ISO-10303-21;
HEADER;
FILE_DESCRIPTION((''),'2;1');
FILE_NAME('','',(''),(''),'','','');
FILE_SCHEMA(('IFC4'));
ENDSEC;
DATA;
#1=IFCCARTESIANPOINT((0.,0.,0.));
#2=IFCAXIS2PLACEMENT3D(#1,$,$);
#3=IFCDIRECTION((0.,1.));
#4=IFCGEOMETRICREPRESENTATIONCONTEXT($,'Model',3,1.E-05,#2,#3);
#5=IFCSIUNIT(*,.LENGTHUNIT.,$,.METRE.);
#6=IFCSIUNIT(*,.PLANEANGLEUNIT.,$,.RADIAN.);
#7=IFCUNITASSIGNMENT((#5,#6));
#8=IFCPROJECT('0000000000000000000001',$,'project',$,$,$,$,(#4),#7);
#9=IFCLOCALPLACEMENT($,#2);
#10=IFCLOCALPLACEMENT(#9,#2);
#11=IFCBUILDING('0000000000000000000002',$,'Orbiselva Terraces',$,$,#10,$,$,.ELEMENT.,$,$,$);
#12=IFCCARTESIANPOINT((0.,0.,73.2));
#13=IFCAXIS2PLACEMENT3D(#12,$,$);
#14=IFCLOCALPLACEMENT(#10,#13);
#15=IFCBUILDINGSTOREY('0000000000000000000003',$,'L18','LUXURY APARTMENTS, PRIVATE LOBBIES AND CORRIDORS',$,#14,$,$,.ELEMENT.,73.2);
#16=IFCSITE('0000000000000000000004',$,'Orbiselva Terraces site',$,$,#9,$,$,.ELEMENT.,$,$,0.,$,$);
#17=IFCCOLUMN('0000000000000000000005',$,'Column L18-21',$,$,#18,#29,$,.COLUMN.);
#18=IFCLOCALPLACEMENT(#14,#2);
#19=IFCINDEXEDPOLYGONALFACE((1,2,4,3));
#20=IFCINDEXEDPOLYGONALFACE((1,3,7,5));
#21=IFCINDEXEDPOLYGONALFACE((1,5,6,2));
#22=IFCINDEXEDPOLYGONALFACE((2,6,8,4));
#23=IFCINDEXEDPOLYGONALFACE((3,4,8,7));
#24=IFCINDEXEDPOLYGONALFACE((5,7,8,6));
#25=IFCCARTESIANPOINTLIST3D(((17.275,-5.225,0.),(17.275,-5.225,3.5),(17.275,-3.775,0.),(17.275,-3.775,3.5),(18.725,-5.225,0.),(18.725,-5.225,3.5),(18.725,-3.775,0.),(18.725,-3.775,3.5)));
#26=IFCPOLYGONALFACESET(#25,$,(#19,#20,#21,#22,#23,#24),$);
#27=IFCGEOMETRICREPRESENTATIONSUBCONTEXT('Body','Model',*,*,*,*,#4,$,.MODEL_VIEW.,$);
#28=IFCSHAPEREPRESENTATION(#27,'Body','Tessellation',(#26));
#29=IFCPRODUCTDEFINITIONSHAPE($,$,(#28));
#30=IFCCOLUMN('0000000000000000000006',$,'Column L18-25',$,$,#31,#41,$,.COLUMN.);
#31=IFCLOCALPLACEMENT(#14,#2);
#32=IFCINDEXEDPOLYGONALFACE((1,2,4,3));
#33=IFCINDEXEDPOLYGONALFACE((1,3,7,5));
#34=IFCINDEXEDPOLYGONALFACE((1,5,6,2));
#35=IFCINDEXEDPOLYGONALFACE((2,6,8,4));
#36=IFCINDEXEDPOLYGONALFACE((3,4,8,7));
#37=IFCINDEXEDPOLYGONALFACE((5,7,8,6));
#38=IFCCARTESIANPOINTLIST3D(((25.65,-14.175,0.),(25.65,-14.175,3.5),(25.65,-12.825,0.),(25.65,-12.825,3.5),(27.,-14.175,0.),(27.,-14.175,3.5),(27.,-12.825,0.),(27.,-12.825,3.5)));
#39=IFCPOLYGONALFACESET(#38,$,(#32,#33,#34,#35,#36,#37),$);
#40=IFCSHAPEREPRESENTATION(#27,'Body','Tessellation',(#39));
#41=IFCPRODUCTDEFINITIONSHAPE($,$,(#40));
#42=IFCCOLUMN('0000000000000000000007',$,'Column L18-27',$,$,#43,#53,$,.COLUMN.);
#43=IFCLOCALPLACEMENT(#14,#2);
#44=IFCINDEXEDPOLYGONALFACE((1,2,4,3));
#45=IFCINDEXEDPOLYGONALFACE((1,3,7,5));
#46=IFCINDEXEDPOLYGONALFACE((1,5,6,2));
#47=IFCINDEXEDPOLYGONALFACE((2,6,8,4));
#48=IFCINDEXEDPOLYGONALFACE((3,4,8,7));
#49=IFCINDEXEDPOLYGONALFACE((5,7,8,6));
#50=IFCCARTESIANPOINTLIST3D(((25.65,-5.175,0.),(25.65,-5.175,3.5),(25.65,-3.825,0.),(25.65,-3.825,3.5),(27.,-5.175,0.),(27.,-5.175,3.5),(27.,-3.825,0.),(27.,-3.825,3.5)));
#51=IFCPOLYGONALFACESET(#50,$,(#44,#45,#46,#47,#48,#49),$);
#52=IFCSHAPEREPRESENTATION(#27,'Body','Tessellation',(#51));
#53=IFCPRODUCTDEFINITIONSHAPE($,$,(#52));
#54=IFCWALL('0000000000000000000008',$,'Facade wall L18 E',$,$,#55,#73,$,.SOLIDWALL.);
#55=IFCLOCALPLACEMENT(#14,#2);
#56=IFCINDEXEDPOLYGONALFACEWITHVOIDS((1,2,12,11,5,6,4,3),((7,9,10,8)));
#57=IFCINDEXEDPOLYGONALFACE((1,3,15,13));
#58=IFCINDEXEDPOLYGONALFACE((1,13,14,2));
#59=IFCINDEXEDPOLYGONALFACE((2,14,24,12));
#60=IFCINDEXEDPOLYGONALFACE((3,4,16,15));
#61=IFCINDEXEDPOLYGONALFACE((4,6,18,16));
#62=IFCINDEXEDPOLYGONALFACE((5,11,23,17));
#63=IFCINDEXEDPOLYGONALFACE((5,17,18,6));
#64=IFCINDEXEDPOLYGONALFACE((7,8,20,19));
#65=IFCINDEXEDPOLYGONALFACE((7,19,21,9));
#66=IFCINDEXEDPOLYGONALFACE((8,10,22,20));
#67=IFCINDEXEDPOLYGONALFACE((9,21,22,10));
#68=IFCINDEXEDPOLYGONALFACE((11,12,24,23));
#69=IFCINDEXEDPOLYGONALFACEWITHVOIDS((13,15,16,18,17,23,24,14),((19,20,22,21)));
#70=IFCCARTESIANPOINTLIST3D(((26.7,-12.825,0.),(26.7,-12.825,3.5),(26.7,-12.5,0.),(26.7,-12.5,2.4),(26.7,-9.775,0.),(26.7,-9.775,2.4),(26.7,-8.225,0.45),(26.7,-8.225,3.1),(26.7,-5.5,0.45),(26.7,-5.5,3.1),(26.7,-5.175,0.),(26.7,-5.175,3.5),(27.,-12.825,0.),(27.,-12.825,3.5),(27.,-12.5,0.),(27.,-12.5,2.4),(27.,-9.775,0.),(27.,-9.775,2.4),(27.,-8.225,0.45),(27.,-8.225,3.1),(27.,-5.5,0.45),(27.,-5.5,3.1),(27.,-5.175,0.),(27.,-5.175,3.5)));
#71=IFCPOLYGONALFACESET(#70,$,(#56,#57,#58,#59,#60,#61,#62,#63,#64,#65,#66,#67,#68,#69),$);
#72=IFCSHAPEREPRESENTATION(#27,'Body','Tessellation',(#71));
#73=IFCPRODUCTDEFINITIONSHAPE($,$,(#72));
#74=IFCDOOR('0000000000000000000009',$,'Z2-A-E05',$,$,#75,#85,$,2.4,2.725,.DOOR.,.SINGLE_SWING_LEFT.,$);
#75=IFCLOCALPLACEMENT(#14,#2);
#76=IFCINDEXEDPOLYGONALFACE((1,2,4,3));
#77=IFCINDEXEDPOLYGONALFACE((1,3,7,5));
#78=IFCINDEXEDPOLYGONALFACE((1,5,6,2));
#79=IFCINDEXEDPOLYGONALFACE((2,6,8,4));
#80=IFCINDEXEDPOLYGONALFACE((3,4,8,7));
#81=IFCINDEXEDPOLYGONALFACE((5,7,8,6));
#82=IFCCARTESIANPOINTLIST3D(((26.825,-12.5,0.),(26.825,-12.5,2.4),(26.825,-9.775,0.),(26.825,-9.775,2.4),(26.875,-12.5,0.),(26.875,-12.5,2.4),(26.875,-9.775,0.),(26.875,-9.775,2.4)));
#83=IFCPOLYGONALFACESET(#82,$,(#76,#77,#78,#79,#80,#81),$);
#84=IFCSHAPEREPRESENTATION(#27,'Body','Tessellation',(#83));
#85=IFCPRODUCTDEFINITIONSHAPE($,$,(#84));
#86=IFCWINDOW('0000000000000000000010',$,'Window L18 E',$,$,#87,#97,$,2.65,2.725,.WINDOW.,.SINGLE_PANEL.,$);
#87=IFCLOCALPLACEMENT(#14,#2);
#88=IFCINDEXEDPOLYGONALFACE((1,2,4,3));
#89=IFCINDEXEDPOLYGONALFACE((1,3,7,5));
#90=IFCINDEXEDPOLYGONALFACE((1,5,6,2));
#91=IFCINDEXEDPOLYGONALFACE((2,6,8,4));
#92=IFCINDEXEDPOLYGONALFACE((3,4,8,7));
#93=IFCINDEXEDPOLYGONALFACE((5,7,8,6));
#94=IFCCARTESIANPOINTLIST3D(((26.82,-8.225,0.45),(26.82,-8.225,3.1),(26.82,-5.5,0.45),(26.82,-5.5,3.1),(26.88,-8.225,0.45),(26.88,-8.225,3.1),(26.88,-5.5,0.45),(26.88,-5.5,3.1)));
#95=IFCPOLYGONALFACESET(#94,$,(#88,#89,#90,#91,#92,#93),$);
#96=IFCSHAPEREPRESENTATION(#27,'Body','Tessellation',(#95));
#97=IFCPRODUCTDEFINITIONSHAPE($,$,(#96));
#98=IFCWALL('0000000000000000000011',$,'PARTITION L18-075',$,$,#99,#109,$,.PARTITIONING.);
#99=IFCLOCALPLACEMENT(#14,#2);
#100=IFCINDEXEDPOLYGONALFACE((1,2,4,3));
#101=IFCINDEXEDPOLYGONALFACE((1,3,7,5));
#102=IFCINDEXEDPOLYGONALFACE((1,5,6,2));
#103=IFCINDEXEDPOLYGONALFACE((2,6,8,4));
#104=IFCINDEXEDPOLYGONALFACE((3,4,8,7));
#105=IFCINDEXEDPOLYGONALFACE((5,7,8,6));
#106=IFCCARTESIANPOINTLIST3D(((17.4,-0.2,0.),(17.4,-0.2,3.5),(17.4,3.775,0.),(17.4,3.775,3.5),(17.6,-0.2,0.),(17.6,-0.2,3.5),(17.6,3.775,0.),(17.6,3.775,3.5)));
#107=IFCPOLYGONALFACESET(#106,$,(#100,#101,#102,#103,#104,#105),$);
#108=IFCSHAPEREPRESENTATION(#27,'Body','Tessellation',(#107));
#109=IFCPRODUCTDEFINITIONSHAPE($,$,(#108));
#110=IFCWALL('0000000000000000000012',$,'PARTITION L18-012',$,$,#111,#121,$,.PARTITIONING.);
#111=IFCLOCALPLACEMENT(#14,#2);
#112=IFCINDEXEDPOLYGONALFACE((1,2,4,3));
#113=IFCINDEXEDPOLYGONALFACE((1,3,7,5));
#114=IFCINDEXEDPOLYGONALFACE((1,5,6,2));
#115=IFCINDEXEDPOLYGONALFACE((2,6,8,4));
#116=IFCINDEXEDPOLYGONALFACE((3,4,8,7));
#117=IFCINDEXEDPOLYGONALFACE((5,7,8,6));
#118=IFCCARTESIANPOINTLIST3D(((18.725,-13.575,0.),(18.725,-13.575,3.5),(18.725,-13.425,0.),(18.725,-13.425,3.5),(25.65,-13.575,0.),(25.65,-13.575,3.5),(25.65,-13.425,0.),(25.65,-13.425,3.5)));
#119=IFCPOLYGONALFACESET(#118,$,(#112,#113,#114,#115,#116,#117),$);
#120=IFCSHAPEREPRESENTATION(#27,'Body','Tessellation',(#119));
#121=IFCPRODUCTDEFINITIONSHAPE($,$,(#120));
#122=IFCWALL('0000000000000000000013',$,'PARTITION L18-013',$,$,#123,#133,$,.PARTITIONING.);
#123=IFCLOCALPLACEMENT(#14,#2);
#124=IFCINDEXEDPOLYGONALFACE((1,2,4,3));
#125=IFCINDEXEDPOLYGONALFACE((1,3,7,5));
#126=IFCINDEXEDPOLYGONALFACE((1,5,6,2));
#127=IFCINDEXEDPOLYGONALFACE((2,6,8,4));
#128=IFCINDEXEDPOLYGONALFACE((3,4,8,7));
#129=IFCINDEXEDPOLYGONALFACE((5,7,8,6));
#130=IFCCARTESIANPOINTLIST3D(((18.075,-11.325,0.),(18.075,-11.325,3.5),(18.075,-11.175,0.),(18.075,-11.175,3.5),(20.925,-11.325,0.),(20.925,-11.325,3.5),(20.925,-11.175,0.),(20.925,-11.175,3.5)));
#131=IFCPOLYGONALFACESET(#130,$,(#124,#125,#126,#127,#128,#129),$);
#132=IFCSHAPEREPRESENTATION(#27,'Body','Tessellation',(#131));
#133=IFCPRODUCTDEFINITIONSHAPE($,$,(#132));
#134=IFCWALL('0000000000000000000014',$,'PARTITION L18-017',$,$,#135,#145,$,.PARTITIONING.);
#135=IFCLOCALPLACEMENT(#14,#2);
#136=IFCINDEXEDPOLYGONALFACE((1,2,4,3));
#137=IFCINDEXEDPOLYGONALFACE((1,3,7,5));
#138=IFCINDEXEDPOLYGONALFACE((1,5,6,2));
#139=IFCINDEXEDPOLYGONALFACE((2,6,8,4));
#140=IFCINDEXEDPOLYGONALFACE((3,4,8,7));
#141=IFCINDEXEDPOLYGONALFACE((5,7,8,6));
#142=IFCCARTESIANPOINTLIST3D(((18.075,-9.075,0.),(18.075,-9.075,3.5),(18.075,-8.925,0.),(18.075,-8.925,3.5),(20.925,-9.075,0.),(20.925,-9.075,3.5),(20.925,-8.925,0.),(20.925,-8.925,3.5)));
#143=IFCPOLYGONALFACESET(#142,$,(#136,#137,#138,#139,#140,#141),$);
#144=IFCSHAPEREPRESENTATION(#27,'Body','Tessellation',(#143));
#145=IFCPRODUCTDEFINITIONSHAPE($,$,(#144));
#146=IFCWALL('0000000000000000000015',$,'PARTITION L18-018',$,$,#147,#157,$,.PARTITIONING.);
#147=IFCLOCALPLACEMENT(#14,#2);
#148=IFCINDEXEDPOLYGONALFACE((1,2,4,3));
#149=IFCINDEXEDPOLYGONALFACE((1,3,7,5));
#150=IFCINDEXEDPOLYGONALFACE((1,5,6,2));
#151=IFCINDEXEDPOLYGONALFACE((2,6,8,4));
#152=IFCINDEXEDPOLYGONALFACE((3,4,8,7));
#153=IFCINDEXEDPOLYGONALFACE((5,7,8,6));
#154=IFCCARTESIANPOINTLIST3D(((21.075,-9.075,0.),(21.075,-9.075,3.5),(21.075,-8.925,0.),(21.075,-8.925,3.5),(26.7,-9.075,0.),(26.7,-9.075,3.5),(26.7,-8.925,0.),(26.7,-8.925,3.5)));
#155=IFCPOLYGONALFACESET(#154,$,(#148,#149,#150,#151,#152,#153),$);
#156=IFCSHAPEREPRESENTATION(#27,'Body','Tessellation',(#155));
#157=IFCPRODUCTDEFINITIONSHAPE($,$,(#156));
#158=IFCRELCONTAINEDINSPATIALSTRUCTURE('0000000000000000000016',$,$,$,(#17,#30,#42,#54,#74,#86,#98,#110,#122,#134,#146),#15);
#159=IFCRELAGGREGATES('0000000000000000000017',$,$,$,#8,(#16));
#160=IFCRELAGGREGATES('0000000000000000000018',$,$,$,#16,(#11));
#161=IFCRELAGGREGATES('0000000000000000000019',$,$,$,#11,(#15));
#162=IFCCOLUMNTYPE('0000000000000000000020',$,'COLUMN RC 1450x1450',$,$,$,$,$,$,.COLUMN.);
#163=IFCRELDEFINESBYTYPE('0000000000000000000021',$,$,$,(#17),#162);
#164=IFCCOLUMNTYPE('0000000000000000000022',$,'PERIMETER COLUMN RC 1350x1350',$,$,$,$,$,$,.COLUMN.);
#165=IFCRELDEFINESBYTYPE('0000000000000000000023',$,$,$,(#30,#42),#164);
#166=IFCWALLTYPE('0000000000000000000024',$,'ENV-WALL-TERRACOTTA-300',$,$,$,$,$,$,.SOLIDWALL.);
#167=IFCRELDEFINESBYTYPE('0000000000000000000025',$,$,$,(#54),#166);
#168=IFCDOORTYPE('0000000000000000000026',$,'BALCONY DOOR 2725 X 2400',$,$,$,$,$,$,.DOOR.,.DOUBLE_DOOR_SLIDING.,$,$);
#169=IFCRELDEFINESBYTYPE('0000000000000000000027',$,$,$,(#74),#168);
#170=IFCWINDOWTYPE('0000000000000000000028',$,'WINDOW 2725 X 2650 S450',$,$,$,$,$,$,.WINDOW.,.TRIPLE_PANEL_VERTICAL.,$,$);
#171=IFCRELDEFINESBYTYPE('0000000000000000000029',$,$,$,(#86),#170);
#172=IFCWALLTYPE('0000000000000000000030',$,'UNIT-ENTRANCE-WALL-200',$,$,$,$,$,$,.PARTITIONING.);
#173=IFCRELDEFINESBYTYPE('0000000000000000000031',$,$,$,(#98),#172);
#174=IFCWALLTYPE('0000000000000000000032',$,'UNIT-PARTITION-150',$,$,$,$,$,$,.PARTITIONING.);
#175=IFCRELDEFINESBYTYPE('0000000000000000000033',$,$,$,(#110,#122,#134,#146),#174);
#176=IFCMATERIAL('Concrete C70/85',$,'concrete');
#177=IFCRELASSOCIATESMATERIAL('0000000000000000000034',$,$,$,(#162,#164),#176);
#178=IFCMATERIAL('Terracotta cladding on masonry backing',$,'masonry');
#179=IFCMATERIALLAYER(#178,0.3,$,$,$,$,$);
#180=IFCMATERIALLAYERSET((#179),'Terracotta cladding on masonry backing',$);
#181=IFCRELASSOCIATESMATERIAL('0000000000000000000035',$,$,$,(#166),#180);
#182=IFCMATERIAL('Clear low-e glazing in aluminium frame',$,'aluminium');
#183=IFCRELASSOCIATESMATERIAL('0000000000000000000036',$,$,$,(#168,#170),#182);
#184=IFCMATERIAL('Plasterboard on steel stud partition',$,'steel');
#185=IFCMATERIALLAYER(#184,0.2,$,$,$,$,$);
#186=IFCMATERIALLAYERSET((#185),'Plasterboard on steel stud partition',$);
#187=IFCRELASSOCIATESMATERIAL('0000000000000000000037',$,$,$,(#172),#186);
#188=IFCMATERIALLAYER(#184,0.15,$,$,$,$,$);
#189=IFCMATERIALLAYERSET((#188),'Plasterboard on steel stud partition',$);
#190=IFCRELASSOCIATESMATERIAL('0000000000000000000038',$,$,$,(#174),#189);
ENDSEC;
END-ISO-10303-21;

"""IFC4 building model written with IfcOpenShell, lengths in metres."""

from ifc_helpers import new_model, si_unit, direction, frame, frame_2d, origin, origin_2d, place, context, subcontext, project, spatial, rectangle, extrude, material, layer, layer_set, material_profile, profile_set, type_object, element, fill, save


model = new_model("IFC4")

# Units and contexts
model_context = context("Model", 3, precision=1e-05, world=origin(), true_north=direction((0.0, 1.0)))
body_context = subcontext(model_context, "Body", "Model", "MODEL_VIEW")
ifc_project = project(units=[si_unit("LENGTHUNIT", "METRE"), si_unit("PLANEANGLEUNIT", "RADIAN")], contexts=[model_context])

# Site, building, storey
site_placement = place(None, origin())
site = spatial("IfcSite", under=ifc_project, at=site_placement, Name="Orbiselva Terraces site", CompositionType="ELEMENT", RefElevation=0.0)
building_placement = place(site_placement, origin())
building = spatial("IfcBuilding", under=site, at=building_placement, Name="Orbiselva Terraces", CompositionType="ELEMENT")
storey_placement = place(building_placement, frame((0.0, 0.0, 73.2)))
storey = spatial("IfcBuildingStorey", under=building, at=storey_placement, Name="L18", Description="LUXURY APARTMENTS, PRIVATE LOBBIES AND CORRIDORS", CompositionType="ELEMENT", Elevation=73.2)

# Columns
ifc_material_1 = material(Name="Concrete C70/85", Category="concrete")
ifc_material_profile_1 = material_profile(ifc_material_1, rectangle(XDim=1.45, YDim=1.45, at=origin_2d()), Name="RC 1450x1450")
ifc_profile_set_1 = profile_set([ifc_material_profile_1], Name="Concrete C70/85")
column_type_1 = type_object("IfcColumnType", Name="COLUMN RC 1450x1450", PredefinedType="COLUMN", material=ifc_profile_set_1)
column_placement = place(storey_placement, frame((18.0, -4.5, 0.0), z_axis=(0.0, 0.0, 1.0), x_axis=(1.0, 0.0, 0.0)))
element("IfcColumn", 1, at=column_placement, inside=storey, type_object=column_type_1, Name="Column L18-21", PredefinedType="COLUMN", context=body_context, shape_type="SweptSolid", body=[
    extrude(rectangle(XDim=1.45, YDim=1.45, at=origin_2d()), origin(), (0.0, 0.0, 1.0), 3.5),
])
ifc_material_profile_2 = material_profile(ifc_material_1, rectangle(XDim=1.35, YDim=1.35, at=origin_2d()), Name="RC 1350x1350")
ifc_profile_set_2 = profile_set([ifc_material_profile_2], Name="Concrete C70/85")
column_type_2 = type_object("IfcColumnType", Name="PERIMETER COLUMN RC 1350x1350", PredefinedType="COLUMN", material=ifc_profile_set_2)
for number, where, z_axis, x_axis, name in (
    (2, (26.325, -13.5, 0.0), (0.0, 0.0, 1.0), (1.0, 0.0, 0.0), "Column L18-25"),
    (3, (26.325, -4.5, 0.0), (0.0, 0.0, 1.0), (1.0, 0.0, 0.0), "Column L18-27"),
):
    element("IfcColumn", number, at=place(storey_placement, frame(where, z_axis=z_axis, x_axis=x_axis)), inside=storey, type_object=column_type_2, Name=name, PredefinedType="COLUMN", context=body_context, shape_type="SweptSolid", body=[
        extrude(rectangle(XDim=1.35, YDim=1.35, at=origin_2d()), origin(), (0.0, 0.0, 1.0), 3.5),
    ])

# Wall, openings, door, window
ifc_material_2 = material(Name="Terracotta cladding on masonry backing", Category="masonry")
ifc_layer_1 = layer(ifc_material_2, 0.3)
ifc_layer_set_1 = layer_set([ifc_layer_1], Name="Terracotta cladding on masonry backing")
wall_type_1 = type_object("IfcWallType", Name="ENV-WALL-TERRACOTTA-300", PredefinedType="SOLIDWALL", material=ifc_layer_set_1)
wall_1_placement = place(storey_placement, frame((26.85, -5.175, 0.0), z_axis=(0.0, 0.0, 1.0), x_axis=(0.0, -1.0, 0.0)))
wall_1 = element("IfcWall", 4, at=wall_1_placement, inside=storey, type_object=wall_type_1, Name="Facade wall L18 E", PredefinedType="SOLIDWALL", context=body_context, shape_type="SweptSolid", body=[
    extrude(rectangle(XDim=7.65, YDim=0.3, at=frame_2d((3.825, 0.0))), origin(), (0.0, 0.0, 1.0), 3.5),
])
opening_1_placement = place(wall_1_placement, frame((4.6, 0.0, 0.0)))
opening_1 = element("IfcOpeningElement", 5, at=opening_1_placement, cuts=wall_1, PredefinedType="OPENING", context=body_context, shape_type="SweptSolid", body=[
    extrude(rectangle(XDim=2.725, YDim=2.4, at=frame_2d((1.3625, 1.2))), frame((0.0, 0.16, 0.0), z_axis=(0.0, -1.0, 0.0), x_axis=(1.0, 0.0, 0.0)), (0.0, 0.0, 1.0), 0.32),
])
opening_2_placement = place(wall_1_placement, frame((0.325, 0.0, 0.45)))
opening_2 = element("IfcOpeningElement", 6, at=opening_2_placement, cuts=wall_1, PredefinedType="OPENING", context=body_context, shape_type="SweptSolid", body=[
    extrude(rectangle(XDim=2.725, YDim=2.65, at=frame_2d((1.3625, 1.325))), frame((0.0, 0.16, 0.0), z_axis=(0.0, -1.0, 0.0), x_axis=(1.0, 0.0, 0.0)), (0.0, 0.0, 1.0), 0.32),
])
ifc_material_3 = material(Name="Clear low-e glazing in aluminium frame", Category="aluminium")
door_type_1 = type_object("IfcDoorType", Name="BALCONY DOOR 2725 X 2400", OperationType="DOUBLE_DOOR_SLIDING", PredefinedType="DOOR", material=ifc_material_3)
door_1_placement = place(opening_1_placement, origin())
door_1 = element("IfcDoor", 7, at=door_1_placement, inside=storey, type_object=door_type_1, Name="Z2-A-E05", OperationType="SINGLE_SWING_LEFT", OverallHeight=2.4, OverallWidth=2.725, PredefinedType="DOOR", context=body_context, shape_type="SweptSolid", body=[
    extrude(rectangle(XDim=2.725, YDim=2.4, at=frame_2d((1.3625, 1.2))), frame((0.0, 0.025, 0.0), z_axis=(0.0, -1.0, 0.0), x_axis=(1.0, 0.0, 0.0)), (0.0, 0.0, 1.0), 0.05),
])
fill(opening_1, door_1)
window_type = type_object("IfcWindowType", Name="WINDOW 2725 X 2650 S450", PartitioningType="TRIPLE_PANEL_VERTICAL", PredefinedType="WINDOW", material=ifc_material_3)
window_placement = place(opening_2_placement, origin())
window = element("IfcWindow", 8, at=window_placement, inside=storey, type_object=window_type, Name="Window L18 E", OverallHeight=2.65, OverallWidth=2.725, PartitioningType="SINGLE_PANEL", PredefinedType="WINDOW", context=body_context, shape_type="SweptSolid", body=[
    extrude(rectangle(XDim=2.725, YDim=2.65, at=frame_2d((1.3625, 1.325))), frame((0.0, 0.03, 0.0), z_axis=(0.0, -1.0, 0.0), x_axis=(1.0, 0.0, 0.0)), (0.0, 0.0, 1.0), 0.06),
])
fill(opening_2, window)

# Walls
ifc_material_4 = material(Name="Plasterboard on steel stud partition", Category="steel")
ifc_layer_2 = layer(ifc_material_4, 0.2)
ifc_layer_set_2 = layer_set([ifc_layer_2], Name="Plasterboard on steel stud partition")
wall_type_2 = type_object("IfcWallType", Name="UNIT-ENTRANCE-WALL-200", PredefinedType="PARTITIONING", material=ifc_layer_set_2)
wall_2_placement = place(storey_placement, frame((17.5, -0.2, 0.0), z_axis=(0.0, 0.0, 1.0), x_axis=(0.0, 1.0, 0.0)))
element("IfcWall", 9, at=wall_2_placement, inside=storey, type_object=wall_type_2, Name="PARTITION L18-075", PredefinedType="PARTITIONING", context=body_context, shape_type="SweptSolid", body=[
    extrude(rectangle(XDim=3.975, YDim=0.2, at=frame_2d((1.9875, 0.0))), origin(), (0.0, 0.0, 1.0), 3.5),
])
ifc_layer_3 = layer(ifc_material_4, 0.15)
ifc_layer_set_3 = layer_set([ifc_layer_3], Name="Plasterboard on steel stud partition")
wall_type_3 = type_object("IfcWallType", Name="UNIT-PARTITION-150", PredefinedType="PARTITIONING", material=ifc_layer_set_3)
wall_3_placement = place(storey_placement, frame((18.725, -13.5, 0.0), z_axis=(0.0, 0.0, 1.0), x_axis=(1.0, 0.0, 0.0)))
element("IfcWall", 10, at=wall_3_placement, inside=storey, type_object=wall_type_3, Name="PARTITION L18-012", PredefinedType="PARTITIONING", context=body_context, shape_type="SweptSolid", body=[
    extrude(rectangle(XDim=6.925, YDim=0.15, at=frame_2d((3.4625, 0.0))), origin(), (0.0, 0.0, 1.0), 3.5),
])
for number, where, z_axis, x_axis, name in (
    (11, (18.075, -11.25, 0.0), (0.0, 0.0, 1.0), (1.0, 0.0, 0.0), "PARTITION L18-013"),
    (12, (18.075, -9.0, 0.0), (0.0, 0.0, 1.0), (1.0, 0.0, 0.0), "PARTITION L18-017"),
):
    element("IfcWall", number, at=place(storey_placement, frame(where, z_axis=z_axis, x_axis=x_axis)), inside=storey, type_object=wall_type_3, Name=name, PredefinedType="PARTITIONING", context=body_context, shape_type="SweptSolid", body=[
        extrude(rectangle(XDim=2.85, YDim=0.15, at=frame_2d((1.425, 0.0))), origin(), (0.0, 0.0, 1.0), 3.5),
    ])
wall_4_placement = place(storey_placement, frame((21.075, -9.0, 0.0), z_axis=(0.0, 0.0, 1.0), x_axis=(1.0, 0.0, 0.0)))
element("IfcWall", 13, at=wall_4_placement, inside=storey, type_object=wall_type_3, Name="PARTITION L18-018", PredefinedType="PARTITIONING", context=body_context, shape_type="SweptSolid", body=[
    extrude(rectangle(XDim=5.625, YDim=0.15, at=frame_2d((2.8125, 0.0))), origin(), (0.0, 0.0, 1.0), 3.5),
])

save(model, "model.ifc")
